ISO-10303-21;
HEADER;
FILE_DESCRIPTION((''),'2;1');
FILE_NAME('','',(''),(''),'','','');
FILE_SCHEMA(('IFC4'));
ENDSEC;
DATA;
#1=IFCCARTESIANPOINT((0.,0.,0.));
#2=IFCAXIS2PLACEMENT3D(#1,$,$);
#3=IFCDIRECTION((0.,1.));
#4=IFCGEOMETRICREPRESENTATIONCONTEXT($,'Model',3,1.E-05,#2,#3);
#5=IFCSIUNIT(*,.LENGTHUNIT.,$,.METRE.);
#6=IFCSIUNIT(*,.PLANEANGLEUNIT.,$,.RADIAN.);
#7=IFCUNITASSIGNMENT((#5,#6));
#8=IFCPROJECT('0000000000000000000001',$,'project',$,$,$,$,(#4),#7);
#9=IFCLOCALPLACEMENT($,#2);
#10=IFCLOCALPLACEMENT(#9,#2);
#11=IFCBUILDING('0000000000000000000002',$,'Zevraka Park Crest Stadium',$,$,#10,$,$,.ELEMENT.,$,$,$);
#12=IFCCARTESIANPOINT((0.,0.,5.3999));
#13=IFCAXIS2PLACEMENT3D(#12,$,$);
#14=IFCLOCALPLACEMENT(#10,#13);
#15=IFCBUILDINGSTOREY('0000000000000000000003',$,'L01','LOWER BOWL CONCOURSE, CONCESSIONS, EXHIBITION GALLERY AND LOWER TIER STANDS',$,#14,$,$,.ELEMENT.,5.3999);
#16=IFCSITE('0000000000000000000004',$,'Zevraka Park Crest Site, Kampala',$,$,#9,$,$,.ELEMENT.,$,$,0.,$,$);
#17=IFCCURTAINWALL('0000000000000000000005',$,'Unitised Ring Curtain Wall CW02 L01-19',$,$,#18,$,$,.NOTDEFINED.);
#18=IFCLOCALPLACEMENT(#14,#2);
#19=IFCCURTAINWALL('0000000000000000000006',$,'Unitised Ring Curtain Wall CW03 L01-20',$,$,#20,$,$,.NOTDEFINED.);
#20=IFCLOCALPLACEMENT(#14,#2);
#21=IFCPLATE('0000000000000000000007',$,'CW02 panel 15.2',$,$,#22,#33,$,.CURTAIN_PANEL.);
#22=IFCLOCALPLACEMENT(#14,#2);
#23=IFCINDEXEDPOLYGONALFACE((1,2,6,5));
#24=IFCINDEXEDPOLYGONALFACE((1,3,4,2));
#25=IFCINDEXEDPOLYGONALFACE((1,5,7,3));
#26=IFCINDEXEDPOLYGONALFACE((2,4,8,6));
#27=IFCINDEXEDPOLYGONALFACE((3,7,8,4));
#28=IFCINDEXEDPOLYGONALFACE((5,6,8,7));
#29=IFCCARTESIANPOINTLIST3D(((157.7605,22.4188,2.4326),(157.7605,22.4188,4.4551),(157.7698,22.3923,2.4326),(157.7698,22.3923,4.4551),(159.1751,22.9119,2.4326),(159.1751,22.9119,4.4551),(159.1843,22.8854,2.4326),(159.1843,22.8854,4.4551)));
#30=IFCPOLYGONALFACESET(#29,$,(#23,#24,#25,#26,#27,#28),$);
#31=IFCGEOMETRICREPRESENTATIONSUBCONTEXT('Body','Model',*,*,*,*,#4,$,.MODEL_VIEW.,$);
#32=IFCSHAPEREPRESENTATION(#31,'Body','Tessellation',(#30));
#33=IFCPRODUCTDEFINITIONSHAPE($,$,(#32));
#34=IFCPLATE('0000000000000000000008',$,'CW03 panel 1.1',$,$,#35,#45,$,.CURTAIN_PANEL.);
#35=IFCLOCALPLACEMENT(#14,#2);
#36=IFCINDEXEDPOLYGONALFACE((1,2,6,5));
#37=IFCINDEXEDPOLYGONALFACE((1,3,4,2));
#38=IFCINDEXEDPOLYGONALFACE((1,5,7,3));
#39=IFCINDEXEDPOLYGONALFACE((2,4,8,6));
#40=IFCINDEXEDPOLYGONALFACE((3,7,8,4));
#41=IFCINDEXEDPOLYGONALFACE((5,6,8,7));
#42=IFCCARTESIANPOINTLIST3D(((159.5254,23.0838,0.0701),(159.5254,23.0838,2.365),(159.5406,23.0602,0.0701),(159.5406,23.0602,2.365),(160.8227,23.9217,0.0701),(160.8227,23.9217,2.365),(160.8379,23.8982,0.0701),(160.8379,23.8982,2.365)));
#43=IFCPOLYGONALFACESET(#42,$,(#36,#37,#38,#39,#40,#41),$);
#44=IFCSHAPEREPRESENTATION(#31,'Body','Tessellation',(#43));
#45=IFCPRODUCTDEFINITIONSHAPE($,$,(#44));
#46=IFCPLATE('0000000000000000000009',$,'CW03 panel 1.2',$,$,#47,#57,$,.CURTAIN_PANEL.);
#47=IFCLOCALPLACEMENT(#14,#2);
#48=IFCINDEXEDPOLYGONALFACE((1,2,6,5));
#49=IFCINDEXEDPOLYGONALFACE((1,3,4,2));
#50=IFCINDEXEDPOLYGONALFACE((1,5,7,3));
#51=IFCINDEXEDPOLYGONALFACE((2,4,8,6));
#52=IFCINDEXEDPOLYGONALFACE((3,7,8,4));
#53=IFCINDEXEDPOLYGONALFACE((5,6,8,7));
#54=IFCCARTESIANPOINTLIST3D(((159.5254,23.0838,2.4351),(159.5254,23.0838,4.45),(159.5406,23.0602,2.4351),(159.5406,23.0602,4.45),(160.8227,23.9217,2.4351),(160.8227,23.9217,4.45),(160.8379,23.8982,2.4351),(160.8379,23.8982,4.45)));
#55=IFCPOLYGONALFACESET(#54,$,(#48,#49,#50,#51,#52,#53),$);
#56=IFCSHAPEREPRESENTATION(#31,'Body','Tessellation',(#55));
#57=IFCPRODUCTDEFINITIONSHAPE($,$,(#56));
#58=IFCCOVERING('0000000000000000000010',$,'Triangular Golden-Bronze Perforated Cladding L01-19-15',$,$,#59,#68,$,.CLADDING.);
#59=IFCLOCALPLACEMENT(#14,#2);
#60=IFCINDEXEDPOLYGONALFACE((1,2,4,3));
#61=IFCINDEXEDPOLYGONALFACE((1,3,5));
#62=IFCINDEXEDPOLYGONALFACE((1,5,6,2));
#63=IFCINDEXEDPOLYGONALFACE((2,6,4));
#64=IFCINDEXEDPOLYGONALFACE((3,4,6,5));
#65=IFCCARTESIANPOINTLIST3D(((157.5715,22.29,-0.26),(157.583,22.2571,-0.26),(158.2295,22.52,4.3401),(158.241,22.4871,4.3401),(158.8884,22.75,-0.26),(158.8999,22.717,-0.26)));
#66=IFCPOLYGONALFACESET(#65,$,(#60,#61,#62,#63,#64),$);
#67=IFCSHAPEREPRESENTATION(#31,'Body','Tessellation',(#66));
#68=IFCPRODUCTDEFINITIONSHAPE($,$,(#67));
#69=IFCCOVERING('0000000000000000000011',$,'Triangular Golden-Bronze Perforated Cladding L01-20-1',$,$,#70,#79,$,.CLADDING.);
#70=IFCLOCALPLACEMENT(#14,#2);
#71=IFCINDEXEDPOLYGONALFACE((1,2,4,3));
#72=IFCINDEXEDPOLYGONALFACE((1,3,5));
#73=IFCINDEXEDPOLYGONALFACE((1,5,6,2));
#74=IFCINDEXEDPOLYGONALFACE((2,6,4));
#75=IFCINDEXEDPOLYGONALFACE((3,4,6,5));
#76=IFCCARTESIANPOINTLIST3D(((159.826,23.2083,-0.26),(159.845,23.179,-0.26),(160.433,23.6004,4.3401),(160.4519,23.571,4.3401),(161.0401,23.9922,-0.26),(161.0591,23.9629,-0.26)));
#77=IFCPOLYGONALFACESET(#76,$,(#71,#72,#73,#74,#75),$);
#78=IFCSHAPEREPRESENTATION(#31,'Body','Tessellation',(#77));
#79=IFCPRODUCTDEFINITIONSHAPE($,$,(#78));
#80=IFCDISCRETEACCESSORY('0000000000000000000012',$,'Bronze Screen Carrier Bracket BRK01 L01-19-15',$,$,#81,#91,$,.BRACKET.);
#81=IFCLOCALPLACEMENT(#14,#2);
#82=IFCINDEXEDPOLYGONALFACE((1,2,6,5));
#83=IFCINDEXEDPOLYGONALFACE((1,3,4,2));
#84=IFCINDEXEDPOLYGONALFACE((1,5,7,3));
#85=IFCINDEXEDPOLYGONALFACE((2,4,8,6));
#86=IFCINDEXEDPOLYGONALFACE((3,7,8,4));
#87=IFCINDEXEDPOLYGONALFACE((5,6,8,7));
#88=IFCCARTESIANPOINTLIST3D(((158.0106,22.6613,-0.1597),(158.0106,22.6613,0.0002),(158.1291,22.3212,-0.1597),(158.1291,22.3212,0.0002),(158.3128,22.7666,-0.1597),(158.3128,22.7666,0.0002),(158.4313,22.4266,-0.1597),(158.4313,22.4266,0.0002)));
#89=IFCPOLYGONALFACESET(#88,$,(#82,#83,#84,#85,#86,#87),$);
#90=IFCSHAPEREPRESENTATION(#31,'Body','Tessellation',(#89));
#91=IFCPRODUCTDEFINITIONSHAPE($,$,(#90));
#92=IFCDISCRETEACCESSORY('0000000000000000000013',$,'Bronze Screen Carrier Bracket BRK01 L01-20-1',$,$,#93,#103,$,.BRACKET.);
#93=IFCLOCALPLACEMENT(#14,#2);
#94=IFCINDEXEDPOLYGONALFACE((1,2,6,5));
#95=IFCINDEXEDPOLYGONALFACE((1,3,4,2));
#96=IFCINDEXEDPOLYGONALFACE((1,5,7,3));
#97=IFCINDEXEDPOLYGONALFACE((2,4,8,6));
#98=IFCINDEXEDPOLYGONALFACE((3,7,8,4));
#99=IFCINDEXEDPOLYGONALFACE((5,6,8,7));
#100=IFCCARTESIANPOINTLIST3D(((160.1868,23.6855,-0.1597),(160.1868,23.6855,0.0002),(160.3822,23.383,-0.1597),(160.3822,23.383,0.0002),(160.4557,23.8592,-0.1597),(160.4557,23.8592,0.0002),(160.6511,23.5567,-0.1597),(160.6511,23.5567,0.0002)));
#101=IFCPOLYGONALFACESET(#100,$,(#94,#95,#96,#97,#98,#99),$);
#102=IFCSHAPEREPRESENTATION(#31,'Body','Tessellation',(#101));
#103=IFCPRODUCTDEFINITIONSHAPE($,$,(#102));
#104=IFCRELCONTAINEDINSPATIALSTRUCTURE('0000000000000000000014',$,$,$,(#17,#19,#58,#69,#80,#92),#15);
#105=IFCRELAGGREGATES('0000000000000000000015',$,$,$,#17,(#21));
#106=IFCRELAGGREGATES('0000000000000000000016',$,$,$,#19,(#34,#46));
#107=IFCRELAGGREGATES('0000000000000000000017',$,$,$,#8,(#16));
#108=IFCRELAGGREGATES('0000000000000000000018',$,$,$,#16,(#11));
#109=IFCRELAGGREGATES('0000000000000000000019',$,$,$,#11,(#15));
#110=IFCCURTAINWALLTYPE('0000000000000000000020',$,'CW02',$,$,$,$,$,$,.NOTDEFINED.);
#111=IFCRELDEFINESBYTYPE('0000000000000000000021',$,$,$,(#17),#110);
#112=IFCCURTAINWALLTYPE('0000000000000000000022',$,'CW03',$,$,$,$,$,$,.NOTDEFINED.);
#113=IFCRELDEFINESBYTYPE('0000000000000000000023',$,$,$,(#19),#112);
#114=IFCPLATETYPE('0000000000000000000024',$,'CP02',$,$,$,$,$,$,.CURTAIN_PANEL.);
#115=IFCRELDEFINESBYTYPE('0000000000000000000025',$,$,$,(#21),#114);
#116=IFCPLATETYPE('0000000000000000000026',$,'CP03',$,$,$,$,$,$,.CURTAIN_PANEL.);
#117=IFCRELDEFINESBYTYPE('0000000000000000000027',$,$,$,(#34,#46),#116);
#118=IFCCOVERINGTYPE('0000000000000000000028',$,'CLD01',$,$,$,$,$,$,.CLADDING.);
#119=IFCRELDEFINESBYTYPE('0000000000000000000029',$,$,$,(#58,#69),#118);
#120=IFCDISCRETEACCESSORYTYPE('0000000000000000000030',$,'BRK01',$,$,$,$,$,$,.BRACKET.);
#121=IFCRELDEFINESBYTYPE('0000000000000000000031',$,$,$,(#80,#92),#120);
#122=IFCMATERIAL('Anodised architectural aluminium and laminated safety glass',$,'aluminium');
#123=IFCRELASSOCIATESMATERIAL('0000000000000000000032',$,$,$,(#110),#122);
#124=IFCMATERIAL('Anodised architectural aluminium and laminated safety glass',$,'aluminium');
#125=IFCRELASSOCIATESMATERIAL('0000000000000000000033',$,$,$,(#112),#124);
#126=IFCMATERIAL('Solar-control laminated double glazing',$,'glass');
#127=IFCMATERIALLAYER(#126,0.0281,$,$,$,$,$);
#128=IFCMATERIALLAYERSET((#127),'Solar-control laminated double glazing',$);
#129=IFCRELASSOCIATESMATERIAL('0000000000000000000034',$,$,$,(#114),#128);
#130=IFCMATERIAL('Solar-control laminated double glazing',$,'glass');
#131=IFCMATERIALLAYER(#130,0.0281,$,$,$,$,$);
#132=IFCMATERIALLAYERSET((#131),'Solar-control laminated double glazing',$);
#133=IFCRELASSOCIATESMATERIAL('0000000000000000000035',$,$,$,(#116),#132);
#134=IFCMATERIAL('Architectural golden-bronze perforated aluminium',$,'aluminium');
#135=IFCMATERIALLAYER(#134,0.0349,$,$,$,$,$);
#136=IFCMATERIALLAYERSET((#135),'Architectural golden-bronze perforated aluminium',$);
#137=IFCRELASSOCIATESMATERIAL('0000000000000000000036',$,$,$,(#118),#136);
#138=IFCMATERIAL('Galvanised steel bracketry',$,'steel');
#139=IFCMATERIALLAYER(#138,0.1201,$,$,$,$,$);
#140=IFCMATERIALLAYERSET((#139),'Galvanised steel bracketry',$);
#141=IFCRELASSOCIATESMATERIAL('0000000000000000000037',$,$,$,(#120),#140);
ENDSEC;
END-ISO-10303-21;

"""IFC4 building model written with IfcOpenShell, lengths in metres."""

from ifc_helpers import new_model, si_unit, direction, frame, origin, origin_2d, place, context, subcontext, project, spatial, polyline, rectangle, outline, extrude, material, layer, layer_set, type_object, element, aggregate, save


model = new_model("IFC4")

# Units and contexts
model_context = context("Model", 3, precision=1e-05, world=origin(), true_north=direction((0.0, 1.0)))
body_context = subcontext(model_context, "Body", "Model", "MODEL_VIEW")
ifc_project = project(units=[si_unit("LENGTHUNIT", "METRE"), si_unit("PLANEANGLEUNIT", "RADIAN")], contexts=[model_context])

# Site, building, storey
site_placement = place(None, origin())
site = spatial("IfcSite", under=ifc_project, at=site_placement, Name="Zevraka Park Crest Site, Kampala", CompositionType="ELEMENT", RefElevation=0.0)
building_placement = place(site_placement, origin())
building = spatial("IfcBuilding", under=site, at=building_placement, Name="Zevraka Park Crest Stadium", CompositionType="ELEMENT")
storey_placement = place(building_placement, frame((0.0, 0.0, 5.3999)))
storey = spatial("IfcBuildingStorey", under=building, at=storey_placement, Name="L01", Description="LOWER BOWL CONCOURSE, CONCESSIONS, EXHIBITION GALLERY AND LOWER TIER STANDS", CompositionType="ELEMENT", Elevation=5.3999)

# Curtain walls
ifc_material_1 = material(Name="Anodised architectural aluminium and laminated safety glass", Category="aluminium")
curtain_wall_type_1 = type_object("IfcCurtainWallType", Name="CW02", PredefinedType="NOTDEFINED", material=ifc_material_1)
curtain_wall_1_placement = place(storey_placement, origin())
curtain_wall_1 = element("IfcCurtainWall", 1, at=curtain_wall_1_placement, inside=storey, type_object=curtain_wall_type_1, Name="Unitised Ring Curtain Wall CW02 L01-19", PredefinedType="NOTDEFINED")
ifc_material_2 = material(Name="Anodised architectural aluminium and laminated safety glass", Category="aluminium")
curtain_wall_type_2 = type_object("IfcCurtainWallType", Name="CW03", PredefinedType="NOTDEFINED", material=ifc_material_2)
curtain_wall_2_placement = place(storey_placement, origin())
curtain_wall_2 = element("IfcCurtainWall", 2, at=curtain_wall_2_placement, inside=storey, type_object=curtain_wall_type_2, Name="Unitised Ring Curtain Wall CW03 L01-20", PredefinedType="NOTDEFINED")

# Plates
ifc_material_3 = material(Name="Solar-control laminated double glazing", Category="glass")
ifc_layer_1 = layer(ifc_material_3, 0.0281)
ifc_layer_set_1 = layer_set([ifc_layer_1], Name="Solar-control laminated double glazing")
plate_type_1 = type_object("IfcPlateType", Name="CP02", PredefinedType="CURTAIN_PANEL", material=ifc_layer_set_1)
plate_1_placement = place(storey_placement, frame((158.4724, 22.6521, 2.4326), z_axis=(0.0, 0.0, 1.0), x_axis=(0.944257, 0.329209, 0.0)))
plate_1 = element("IfcPlate", 3, at=plate_1_placement, type_object=plate_type_1, Name="CW02 panel 15.2", PredefinedType="CURTAIN_PANEL", context=body_context, shape_type="SweptSolid", body=[
    extrude(rectangle(XDim=1.498, YDim=0.0281, at=origin_2d()), origin(), (0.0, 0.0, 1.0), 2.0225),
])
aggregate(curtain_wall_1, [plate_1])
ifc_material_4 = material(Name="Solar-control laminated double glazing", Category="glass")
ifc_layer_2 = layer(ifc_material_4, 0.0281)
ifc_layer_set_2 = layer_set([ifc_layer_2], Name="Solar-control laminated double glazing")
plate_type_2 = type_object("IfcPlateType", Name="CP03", PredefinedType="CURTAIN_PANEL", material=ifc_layer_set_2)
plate_2_placement = place(storey_placement, frame((160.1816, 23.491, 0.0701), z_axis=(0.0, 0.0, 1.0), x_axis=(0.84001, 0.542571, 0.0)))
plate_2 = element("IfcPlate", 4, at=plate_2_placement, type_object=plate_type_2, Name="CW03 panel 1.1", PredefinedType="CURTAIN_PANEL", context=body_context, shape_type="SweptSolid", body=[
    extrude(rectangle(XDim=1.5444, YDim=0.0281, at=origin_2d()), origin(), (0.0, 0.0, 1.0), 2.2949),
])
plate_3_placement = place(storey_placement, frame((160.1816, 23.491, 2.4351), z_axis=(0.0, 0.0, 1.0), x_axis=(0.84001, 0.542571, 0.0)))
plate_3 = element("IfcPlate", 5, at=plate_3_placement, type_object=plate_type_2, Name="CW03 panel 1.2", PredefinedType="CURTAIN_PANEL", context=body_context, shape_type="SweptSolid", body=[
    extrude(rectangle(XDim=1.5444, YDim=0.0281, at=origin_2d()), origin(), (0.0, 0.0, 1.0), 2.0149),
])
aggregate(curtain_wall_2, [plate_2, plate_3])

# Coverings
ifc_material_5 = material(Name="Architectural golden-bronze perforated aluminium", Category="aluminium")
ifc_layer_3 = layer(ifc_material_5, 0.0349)
ifc_layer_set_3 = layer_set([ifc_layer_3], Name="Architectural golden-bronze perforated aluminium")
covering_type = type_object("IfcCoveringType", Name="CLD01", PredefinedType="CLADDING", material=ifc_layer_set_3)
covering_1_placement = place(storey_placement, frame((157.583, 22.2571, -0.26), z_axis=(0.329742, -0.944071, 0.000035), x_axis=(0.944071, 0.329742, 0.0)))
element("IfcCovering", 6, at=covering_1_placement, inside=storey, type_object=covering_type, Name="Triangular Golden-Bronze Perforated Cladding L01-19-15", PredefinedType="CLADDING", context=body_context, shape_type="SweptSolid", body=[
    extrude(outline(polyline([(0.0, 0.0), (1.3949, 0.0), (0.697, 4.6001), (0.0, 0.0)])), origin(), (0.0, 0.0, -1.0), 0.0349),
])
covering_2_placement = place(storey_placement, frame((159.845, 23.179, -0.26), z_axis=(0.542439, -0.840096, 0.000037), x_axis=(0.840096, 0.542439, 0.0)))
element("IfcCovering", 7, at=covering_2_placement, inside=storey, type_object=covering_type, Name="Triangular Golden-Bronze Perforated Cladding L01-20-1", PredefinedType="CLADDING", context=body_context, shape_type="SweptSolid", body=[
    extrude(outline(polyline([(0.0, 0.0), (1.4452, 0.0), (0.7226, 4.6001), (0.0, 0.0)])), origin(), (0.0, 0.0, -1.0), 0.0349),
])

# Discrete accessories
ifc_material_6 = material(Name="Galvanised steel bracketry", Category="steel")
ifc_layer_4 = layer(ifc_material_6, 0.1201)
ifc_layer_set_4 = layer_set([ifc_layer_4], Name="Galvanised steel bracketry")
discrete_accessory_type = type_object("IfcDiscreteAccessoryType", Name="BRK01", PredefinedType="BRACKET", material=ifc_layer_set_4)
for number, where, z_axis, x_axis, name in (
    (8, (158.2209, 22.5439, -0.1597), (0.0, 0.0, 1.0), (0.944262, 0.329196, 0.0), "Bronze Screen Carrier Bracket BRK01 L01-19-15"),
    (9, (160.4189, 23.6211, -0.1597), (0.0, 0.0, 1.0), (0.839999, 0.542588, 0.0), "Bronze Screen Carrier Bracket BRK01 L01-20-1"),
):
    element("IfcDiscreteAccessory", number, at=place(storey_placement, frame(where, z_axis=z_axis, x_axis=x_axis)), inside=storey, type_object=discrete_accessory_type, Name=name, PredefinedType="BRACKET", context=body_context, shape_type="SweptSolid", body=[
        extrude(rectangle(XDim=0.3201, YDim=0.3601, at=origin_2d()), origin(), (0.0, 0.0, 1.0), 0.1599),
    ])

save(model, "model.ifc")
